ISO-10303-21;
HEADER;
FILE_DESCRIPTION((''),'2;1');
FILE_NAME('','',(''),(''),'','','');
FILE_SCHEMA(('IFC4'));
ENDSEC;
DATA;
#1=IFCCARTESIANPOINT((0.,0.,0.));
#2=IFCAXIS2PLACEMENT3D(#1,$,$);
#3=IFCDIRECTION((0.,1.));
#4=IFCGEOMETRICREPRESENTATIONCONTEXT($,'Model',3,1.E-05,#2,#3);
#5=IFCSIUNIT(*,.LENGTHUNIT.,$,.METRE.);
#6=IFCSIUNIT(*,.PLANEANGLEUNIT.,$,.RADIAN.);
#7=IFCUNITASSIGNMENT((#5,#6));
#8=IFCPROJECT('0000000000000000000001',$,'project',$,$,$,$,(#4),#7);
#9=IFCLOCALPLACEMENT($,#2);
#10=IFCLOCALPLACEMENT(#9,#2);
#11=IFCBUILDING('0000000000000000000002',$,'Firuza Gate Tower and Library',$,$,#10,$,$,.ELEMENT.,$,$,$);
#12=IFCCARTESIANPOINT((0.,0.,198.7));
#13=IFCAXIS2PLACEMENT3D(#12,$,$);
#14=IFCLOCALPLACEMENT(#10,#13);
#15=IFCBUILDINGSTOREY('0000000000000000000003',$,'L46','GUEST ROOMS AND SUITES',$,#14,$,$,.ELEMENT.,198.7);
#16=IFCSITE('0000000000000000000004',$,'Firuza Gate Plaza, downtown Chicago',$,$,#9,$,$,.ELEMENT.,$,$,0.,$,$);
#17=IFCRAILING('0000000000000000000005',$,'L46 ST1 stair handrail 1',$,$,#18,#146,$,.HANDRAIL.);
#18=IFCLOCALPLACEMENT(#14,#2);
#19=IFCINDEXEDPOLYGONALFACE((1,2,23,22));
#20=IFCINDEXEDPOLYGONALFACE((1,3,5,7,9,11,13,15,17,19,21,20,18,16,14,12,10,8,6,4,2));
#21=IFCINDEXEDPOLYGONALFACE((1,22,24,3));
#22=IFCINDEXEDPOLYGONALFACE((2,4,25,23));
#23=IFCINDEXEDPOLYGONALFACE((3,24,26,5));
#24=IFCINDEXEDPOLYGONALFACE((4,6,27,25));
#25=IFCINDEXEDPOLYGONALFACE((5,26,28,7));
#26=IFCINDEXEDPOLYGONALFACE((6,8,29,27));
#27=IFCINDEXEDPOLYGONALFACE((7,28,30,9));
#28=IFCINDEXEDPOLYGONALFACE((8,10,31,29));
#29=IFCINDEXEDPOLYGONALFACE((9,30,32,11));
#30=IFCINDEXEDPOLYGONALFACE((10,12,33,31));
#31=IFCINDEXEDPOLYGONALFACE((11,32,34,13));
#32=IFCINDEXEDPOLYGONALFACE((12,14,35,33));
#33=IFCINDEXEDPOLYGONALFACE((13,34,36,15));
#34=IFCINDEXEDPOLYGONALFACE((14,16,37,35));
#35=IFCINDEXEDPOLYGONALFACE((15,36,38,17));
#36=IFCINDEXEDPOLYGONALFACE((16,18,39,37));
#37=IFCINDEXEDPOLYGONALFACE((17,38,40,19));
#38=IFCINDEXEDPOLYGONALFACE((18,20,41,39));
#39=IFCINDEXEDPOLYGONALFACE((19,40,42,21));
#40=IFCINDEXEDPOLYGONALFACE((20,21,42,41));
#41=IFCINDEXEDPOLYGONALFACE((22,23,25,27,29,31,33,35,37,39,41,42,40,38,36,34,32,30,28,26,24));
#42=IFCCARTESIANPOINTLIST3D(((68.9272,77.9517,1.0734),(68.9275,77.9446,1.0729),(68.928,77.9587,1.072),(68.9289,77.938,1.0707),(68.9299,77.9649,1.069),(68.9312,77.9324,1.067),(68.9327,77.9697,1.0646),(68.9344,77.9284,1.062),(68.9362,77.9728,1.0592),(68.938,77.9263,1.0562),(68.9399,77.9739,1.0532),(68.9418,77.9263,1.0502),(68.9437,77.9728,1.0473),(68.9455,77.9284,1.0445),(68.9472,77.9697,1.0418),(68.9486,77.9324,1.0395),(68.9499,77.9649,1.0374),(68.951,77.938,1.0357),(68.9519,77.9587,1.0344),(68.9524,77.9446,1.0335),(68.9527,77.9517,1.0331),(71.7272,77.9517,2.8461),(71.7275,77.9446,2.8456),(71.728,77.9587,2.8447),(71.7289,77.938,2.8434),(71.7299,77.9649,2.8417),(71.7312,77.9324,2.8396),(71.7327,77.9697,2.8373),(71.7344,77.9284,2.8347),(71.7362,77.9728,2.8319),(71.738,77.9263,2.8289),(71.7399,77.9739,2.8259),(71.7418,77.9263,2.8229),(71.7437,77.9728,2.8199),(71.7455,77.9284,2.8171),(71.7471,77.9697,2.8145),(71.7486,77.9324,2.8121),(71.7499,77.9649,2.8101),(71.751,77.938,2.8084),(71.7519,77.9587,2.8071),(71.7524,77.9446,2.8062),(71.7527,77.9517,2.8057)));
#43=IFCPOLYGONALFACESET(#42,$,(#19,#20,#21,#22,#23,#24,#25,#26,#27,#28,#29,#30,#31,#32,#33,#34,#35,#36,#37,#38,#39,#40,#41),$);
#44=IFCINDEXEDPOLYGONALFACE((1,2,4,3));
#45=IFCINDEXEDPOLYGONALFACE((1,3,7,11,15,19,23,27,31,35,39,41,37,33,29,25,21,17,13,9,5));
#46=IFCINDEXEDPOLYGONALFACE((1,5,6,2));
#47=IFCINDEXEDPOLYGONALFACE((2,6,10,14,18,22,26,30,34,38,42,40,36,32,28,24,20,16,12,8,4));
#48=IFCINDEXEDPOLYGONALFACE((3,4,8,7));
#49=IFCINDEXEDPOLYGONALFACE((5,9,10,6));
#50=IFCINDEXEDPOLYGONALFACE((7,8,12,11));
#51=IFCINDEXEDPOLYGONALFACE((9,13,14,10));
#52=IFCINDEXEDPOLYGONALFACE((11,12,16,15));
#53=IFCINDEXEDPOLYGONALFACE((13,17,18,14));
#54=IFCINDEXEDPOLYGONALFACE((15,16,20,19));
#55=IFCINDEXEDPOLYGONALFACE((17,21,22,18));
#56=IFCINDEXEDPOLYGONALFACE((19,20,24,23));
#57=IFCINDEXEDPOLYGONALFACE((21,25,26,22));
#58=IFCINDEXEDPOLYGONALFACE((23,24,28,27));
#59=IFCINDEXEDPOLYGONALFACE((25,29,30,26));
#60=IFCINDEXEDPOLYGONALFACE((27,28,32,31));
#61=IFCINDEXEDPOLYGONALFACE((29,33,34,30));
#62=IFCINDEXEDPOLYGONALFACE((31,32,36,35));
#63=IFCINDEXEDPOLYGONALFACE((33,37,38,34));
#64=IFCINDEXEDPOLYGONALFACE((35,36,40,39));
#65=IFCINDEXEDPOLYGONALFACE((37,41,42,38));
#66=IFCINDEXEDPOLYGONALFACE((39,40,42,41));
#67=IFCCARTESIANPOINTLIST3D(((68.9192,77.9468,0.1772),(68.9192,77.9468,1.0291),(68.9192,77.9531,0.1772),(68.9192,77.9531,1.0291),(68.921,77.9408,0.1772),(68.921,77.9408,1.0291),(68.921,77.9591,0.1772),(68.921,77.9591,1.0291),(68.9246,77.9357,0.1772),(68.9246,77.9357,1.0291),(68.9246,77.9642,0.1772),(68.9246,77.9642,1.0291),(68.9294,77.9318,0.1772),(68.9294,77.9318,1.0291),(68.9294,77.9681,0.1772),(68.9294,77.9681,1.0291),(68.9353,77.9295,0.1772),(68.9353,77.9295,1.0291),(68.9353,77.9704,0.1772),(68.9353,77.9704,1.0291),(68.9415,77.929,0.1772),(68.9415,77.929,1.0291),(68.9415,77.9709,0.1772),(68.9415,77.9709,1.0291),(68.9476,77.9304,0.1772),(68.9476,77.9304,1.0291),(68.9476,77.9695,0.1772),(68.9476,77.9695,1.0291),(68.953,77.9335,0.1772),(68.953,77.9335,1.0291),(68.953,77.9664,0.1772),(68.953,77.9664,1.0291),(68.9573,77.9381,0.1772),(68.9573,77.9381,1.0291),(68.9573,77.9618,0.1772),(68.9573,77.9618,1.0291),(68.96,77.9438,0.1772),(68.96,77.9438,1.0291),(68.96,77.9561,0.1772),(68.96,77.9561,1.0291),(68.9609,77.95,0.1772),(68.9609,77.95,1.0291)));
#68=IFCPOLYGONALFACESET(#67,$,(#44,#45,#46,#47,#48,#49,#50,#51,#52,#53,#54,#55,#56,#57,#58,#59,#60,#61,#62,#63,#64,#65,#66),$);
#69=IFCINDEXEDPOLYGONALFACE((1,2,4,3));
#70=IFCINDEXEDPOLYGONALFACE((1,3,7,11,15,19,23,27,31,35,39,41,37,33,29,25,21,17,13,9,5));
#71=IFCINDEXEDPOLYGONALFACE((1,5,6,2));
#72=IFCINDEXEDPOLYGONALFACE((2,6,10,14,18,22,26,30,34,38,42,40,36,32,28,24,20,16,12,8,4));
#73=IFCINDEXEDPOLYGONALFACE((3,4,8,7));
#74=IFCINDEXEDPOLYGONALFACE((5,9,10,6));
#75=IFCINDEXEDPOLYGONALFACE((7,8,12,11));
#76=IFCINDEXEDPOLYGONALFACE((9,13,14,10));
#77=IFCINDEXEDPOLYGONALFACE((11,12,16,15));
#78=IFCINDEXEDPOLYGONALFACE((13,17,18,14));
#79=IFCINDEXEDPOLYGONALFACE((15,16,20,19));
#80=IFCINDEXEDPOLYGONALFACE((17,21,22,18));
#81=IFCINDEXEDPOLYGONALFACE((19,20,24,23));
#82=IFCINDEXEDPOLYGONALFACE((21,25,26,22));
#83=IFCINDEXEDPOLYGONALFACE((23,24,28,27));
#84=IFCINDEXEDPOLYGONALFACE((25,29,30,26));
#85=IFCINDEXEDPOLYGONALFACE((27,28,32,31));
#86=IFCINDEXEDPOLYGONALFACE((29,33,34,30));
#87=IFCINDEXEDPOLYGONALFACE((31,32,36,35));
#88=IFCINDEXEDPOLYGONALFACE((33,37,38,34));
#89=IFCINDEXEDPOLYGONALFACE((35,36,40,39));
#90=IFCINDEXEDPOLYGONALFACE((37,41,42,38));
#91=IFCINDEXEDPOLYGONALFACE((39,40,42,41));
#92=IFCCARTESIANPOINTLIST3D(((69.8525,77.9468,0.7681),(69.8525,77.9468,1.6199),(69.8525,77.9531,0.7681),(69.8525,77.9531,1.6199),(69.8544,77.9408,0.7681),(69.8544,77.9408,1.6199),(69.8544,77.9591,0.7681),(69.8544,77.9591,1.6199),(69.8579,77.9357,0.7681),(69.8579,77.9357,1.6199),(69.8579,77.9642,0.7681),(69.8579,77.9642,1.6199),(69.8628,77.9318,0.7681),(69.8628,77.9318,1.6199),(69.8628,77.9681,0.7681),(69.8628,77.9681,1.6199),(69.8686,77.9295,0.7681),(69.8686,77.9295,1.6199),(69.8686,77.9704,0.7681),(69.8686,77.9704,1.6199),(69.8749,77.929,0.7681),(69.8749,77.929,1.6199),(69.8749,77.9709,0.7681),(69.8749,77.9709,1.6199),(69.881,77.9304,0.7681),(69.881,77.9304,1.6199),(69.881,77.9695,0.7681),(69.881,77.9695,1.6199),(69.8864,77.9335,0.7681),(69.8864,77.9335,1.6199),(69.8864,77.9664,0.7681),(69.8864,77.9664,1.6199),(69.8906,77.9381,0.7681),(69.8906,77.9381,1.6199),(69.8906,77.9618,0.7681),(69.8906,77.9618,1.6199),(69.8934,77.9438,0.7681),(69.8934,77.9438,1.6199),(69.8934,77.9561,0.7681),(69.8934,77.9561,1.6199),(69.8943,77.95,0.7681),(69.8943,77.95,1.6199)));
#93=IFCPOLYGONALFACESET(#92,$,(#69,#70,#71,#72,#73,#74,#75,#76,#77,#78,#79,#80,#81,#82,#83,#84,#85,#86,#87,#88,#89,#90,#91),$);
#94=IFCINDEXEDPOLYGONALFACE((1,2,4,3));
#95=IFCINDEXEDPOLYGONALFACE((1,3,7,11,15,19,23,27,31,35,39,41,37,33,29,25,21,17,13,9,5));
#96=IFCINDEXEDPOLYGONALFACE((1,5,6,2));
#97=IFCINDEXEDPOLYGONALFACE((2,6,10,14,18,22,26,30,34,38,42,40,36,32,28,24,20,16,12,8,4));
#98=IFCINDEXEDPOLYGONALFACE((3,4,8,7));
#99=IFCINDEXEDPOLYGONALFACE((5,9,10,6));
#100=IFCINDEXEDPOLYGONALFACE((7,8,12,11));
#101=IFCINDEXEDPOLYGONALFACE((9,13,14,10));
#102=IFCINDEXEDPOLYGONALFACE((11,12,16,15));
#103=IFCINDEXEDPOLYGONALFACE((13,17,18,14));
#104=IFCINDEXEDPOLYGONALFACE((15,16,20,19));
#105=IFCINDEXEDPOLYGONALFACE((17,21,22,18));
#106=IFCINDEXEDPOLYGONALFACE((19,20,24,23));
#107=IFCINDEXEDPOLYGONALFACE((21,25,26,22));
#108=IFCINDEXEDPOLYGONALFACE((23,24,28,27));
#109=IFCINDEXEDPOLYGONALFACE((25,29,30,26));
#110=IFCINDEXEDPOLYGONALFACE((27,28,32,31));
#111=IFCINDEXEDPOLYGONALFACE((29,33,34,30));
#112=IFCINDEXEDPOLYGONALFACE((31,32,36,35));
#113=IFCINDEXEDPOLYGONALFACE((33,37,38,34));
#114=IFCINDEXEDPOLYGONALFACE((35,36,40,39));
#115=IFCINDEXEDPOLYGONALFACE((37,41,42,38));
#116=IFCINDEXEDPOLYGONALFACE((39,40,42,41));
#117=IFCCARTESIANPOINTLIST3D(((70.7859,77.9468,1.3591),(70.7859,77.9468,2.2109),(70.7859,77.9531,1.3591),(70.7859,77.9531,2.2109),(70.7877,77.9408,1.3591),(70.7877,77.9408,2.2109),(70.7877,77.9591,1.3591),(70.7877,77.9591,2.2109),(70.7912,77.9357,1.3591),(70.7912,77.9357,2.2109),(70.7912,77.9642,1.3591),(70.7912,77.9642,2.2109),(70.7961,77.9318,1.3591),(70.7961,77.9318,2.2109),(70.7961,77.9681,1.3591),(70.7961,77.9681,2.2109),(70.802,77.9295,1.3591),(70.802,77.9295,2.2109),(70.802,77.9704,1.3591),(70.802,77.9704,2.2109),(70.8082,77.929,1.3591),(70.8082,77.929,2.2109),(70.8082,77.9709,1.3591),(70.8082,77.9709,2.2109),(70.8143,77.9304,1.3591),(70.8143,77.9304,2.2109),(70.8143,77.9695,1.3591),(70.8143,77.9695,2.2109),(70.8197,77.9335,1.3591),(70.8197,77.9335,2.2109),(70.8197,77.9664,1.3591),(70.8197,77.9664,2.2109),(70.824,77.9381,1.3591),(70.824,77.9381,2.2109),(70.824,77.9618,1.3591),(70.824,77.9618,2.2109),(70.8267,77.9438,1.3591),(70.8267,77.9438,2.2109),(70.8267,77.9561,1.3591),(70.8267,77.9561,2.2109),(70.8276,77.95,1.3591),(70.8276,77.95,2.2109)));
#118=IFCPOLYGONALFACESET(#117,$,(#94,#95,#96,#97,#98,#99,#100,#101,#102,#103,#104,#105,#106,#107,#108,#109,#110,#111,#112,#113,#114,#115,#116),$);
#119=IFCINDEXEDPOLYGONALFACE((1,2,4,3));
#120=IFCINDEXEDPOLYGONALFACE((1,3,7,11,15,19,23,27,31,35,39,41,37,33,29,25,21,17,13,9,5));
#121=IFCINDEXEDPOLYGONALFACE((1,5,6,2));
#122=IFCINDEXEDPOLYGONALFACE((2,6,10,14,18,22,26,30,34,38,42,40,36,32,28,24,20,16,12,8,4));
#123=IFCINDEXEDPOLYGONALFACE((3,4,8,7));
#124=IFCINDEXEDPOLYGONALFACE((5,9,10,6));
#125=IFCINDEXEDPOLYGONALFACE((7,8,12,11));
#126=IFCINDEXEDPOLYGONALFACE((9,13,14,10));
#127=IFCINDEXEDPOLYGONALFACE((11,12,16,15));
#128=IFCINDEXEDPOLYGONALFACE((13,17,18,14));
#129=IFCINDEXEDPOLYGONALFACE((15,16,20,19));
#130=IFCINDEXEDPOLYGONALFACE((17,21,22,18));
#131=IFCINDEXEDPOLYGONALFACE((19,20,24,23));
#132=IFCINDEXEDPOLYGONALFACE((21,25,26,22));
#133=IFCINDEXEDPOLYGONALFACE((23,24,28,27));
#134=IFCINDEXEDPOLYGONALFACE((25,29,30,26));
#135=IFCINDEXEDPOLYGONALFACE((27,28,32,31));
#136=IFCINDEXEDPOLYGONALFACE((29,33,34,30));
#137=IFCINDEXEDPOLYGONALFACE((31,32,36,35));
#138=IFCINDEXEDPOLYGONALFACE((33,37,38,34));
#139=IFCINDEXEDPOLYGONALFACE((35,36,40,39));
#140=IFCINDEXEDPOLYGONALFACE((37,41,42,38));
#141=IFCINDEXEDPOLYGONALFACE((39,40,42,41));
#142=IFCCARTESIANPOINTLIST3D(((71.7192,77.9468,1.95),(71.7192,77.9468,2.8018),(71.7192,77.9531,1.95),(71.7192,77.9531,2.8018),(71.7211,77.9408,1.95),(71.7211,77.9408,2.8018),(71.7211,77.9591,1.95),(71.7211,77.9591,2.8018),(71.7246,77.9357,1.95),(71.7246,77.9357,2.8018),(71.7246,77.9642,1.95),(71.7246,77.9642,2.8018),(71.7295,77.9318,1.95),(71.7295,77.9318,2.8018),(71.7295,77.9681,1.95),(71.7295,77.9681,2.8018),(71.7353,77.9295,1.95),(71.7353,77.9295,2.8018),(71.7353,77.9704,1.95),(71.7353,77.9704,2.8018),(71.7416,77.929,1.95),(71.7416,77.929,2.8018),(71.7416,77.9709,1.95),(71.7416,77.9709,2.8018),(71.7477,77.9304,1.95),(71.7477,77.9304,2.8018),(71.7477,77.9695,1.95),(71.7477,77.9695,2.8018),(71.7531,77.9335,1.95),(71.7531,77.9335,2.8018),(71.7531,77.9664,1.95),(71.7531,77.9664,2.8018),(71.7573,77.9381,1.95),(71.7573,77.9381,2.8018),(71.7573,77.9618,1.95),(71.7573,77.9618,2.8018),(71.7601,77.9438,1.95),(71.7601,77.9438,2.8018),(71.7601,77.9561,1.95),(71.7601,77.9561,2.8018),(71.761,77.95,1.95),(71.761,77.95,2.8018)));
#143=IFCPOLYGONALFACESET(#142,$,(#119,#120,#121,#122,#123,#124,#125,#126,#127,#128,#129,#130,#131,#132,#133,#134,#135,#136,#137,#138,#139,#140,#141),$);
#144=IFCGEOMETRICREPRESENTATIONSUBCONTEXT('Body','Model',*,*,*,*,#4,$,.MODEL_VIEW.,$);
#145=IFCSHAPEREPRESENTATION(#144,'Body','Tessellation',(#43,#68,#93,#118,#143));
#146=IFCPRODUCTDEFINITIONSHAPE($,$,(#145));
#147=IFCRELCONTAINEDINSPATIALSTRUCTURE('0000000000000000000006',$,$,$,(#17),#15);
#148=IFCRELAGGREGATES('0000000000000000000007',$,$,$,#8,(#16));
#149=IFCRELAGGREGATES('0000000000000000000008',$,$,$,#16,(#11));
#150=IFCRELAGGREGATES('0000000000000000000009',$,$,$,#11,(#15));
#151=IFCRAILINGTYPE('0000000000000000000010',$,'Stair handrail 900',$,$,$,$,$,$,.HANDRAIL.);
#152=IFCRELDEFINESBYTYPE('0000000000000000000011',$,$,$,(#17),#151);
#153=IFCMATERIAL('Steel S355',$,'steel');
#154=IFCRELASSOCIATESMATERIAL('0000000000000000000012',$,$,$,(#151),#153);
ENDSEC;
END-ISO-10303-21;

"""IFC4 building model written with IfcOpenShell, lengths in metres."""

from ifc_helpers import new_model, si_unit, direction, frame, origin, origin_2d, place, context, subcontext, project, spatial, circle, extrude, material, type_object, element, save


model = new_model("IFC4")

# Units and contexts
model_context = context("Model", 3, precision=1e-05, world=origin(), true_north=direction((0.0, 1.0)))
body_context = subcontext(model_context, "Body", "Model", "MODEL_VIEW")
ifc_project = project(units=[si_unit("LENGTHUNIT", "METRE"), si_unit("PLANEANGLEUNIT", "RADIAN")], contexts=[model_context])

# Site, building, storey
site_placement = place(None, origin())
site = spatial("IfcSite", under=ifc_project, at=site_placement, Name="Firuza Gate Plaza, downtown Chicago", CompositionType="ELEMENT", RefElevation=0.0)
building_placement = place(site_placement, origin())
building = spatial("IfcBuilding", under=site, at=building_placement, Name="Firuza Gate Tower and Library", CompositionType="ELEMENT")
storey_placement = place(building_placement, frame((0.0, 0.0, 198.7)))
storey = spatial("IfcBuildingStorey", under=building, at=storey_placement, Name="L46", Description="GUEST ROOMS AND SUITES", CompositionType="ELEMENT", Elevation=198.7)

# Railing
ifc_material_1 = material(Name="Steel S355", Category="steel")
railing_type_1 = type_object("IfcRailingType", Name="Stair handrail 900", PredefinedType="HANDRAIL", material=ifc_material_1)
railing_1_placement = place(storey_placement, frame((68.9399, 77.95, 0.1772)))
element("IfcRailing", 1, at=railing_1_placement, inside=storey, type_object=railing_type_1, Name="L46 ST1 stair handrail 1", PredefinedType="HANDRAIL", context=body_context, shape_type="SweptSolid", body=[
    extrude(circle(Radius=0.0239, at=origin_2d()), frame((0.0, 0.0, 0.876), z_axis=(0.844909, 0.0, 0.53491), x_axis=(0.0, 1.0, 0.0)), (0.0, 0.0, 1.0), 3.314),
    extrude(circle(Radius=0.021, at=origin_2d()), origin(), (0.0, 0.0, 1.0), 0.8518),
    extrude(circle(Radius=0.021, at=origin_2d()), frame((0.9333, 0.0, 0.5908)), (0.0, 0.0, 1.0), 0.8518),
    extrude(circle(Radius=0.021, at=origin_2d()), frame((1.8667, 0.0, 1.1819)), (0.0, 0.0, 1.0), 0.8518),
    extrude(circle(Radius=0.021, at=origin_2d()), frame((2.8, 0.0, 1.7727)), (0.0, 0.0, 1.0), 0.8518),
])

save(model, "model.ifc")
